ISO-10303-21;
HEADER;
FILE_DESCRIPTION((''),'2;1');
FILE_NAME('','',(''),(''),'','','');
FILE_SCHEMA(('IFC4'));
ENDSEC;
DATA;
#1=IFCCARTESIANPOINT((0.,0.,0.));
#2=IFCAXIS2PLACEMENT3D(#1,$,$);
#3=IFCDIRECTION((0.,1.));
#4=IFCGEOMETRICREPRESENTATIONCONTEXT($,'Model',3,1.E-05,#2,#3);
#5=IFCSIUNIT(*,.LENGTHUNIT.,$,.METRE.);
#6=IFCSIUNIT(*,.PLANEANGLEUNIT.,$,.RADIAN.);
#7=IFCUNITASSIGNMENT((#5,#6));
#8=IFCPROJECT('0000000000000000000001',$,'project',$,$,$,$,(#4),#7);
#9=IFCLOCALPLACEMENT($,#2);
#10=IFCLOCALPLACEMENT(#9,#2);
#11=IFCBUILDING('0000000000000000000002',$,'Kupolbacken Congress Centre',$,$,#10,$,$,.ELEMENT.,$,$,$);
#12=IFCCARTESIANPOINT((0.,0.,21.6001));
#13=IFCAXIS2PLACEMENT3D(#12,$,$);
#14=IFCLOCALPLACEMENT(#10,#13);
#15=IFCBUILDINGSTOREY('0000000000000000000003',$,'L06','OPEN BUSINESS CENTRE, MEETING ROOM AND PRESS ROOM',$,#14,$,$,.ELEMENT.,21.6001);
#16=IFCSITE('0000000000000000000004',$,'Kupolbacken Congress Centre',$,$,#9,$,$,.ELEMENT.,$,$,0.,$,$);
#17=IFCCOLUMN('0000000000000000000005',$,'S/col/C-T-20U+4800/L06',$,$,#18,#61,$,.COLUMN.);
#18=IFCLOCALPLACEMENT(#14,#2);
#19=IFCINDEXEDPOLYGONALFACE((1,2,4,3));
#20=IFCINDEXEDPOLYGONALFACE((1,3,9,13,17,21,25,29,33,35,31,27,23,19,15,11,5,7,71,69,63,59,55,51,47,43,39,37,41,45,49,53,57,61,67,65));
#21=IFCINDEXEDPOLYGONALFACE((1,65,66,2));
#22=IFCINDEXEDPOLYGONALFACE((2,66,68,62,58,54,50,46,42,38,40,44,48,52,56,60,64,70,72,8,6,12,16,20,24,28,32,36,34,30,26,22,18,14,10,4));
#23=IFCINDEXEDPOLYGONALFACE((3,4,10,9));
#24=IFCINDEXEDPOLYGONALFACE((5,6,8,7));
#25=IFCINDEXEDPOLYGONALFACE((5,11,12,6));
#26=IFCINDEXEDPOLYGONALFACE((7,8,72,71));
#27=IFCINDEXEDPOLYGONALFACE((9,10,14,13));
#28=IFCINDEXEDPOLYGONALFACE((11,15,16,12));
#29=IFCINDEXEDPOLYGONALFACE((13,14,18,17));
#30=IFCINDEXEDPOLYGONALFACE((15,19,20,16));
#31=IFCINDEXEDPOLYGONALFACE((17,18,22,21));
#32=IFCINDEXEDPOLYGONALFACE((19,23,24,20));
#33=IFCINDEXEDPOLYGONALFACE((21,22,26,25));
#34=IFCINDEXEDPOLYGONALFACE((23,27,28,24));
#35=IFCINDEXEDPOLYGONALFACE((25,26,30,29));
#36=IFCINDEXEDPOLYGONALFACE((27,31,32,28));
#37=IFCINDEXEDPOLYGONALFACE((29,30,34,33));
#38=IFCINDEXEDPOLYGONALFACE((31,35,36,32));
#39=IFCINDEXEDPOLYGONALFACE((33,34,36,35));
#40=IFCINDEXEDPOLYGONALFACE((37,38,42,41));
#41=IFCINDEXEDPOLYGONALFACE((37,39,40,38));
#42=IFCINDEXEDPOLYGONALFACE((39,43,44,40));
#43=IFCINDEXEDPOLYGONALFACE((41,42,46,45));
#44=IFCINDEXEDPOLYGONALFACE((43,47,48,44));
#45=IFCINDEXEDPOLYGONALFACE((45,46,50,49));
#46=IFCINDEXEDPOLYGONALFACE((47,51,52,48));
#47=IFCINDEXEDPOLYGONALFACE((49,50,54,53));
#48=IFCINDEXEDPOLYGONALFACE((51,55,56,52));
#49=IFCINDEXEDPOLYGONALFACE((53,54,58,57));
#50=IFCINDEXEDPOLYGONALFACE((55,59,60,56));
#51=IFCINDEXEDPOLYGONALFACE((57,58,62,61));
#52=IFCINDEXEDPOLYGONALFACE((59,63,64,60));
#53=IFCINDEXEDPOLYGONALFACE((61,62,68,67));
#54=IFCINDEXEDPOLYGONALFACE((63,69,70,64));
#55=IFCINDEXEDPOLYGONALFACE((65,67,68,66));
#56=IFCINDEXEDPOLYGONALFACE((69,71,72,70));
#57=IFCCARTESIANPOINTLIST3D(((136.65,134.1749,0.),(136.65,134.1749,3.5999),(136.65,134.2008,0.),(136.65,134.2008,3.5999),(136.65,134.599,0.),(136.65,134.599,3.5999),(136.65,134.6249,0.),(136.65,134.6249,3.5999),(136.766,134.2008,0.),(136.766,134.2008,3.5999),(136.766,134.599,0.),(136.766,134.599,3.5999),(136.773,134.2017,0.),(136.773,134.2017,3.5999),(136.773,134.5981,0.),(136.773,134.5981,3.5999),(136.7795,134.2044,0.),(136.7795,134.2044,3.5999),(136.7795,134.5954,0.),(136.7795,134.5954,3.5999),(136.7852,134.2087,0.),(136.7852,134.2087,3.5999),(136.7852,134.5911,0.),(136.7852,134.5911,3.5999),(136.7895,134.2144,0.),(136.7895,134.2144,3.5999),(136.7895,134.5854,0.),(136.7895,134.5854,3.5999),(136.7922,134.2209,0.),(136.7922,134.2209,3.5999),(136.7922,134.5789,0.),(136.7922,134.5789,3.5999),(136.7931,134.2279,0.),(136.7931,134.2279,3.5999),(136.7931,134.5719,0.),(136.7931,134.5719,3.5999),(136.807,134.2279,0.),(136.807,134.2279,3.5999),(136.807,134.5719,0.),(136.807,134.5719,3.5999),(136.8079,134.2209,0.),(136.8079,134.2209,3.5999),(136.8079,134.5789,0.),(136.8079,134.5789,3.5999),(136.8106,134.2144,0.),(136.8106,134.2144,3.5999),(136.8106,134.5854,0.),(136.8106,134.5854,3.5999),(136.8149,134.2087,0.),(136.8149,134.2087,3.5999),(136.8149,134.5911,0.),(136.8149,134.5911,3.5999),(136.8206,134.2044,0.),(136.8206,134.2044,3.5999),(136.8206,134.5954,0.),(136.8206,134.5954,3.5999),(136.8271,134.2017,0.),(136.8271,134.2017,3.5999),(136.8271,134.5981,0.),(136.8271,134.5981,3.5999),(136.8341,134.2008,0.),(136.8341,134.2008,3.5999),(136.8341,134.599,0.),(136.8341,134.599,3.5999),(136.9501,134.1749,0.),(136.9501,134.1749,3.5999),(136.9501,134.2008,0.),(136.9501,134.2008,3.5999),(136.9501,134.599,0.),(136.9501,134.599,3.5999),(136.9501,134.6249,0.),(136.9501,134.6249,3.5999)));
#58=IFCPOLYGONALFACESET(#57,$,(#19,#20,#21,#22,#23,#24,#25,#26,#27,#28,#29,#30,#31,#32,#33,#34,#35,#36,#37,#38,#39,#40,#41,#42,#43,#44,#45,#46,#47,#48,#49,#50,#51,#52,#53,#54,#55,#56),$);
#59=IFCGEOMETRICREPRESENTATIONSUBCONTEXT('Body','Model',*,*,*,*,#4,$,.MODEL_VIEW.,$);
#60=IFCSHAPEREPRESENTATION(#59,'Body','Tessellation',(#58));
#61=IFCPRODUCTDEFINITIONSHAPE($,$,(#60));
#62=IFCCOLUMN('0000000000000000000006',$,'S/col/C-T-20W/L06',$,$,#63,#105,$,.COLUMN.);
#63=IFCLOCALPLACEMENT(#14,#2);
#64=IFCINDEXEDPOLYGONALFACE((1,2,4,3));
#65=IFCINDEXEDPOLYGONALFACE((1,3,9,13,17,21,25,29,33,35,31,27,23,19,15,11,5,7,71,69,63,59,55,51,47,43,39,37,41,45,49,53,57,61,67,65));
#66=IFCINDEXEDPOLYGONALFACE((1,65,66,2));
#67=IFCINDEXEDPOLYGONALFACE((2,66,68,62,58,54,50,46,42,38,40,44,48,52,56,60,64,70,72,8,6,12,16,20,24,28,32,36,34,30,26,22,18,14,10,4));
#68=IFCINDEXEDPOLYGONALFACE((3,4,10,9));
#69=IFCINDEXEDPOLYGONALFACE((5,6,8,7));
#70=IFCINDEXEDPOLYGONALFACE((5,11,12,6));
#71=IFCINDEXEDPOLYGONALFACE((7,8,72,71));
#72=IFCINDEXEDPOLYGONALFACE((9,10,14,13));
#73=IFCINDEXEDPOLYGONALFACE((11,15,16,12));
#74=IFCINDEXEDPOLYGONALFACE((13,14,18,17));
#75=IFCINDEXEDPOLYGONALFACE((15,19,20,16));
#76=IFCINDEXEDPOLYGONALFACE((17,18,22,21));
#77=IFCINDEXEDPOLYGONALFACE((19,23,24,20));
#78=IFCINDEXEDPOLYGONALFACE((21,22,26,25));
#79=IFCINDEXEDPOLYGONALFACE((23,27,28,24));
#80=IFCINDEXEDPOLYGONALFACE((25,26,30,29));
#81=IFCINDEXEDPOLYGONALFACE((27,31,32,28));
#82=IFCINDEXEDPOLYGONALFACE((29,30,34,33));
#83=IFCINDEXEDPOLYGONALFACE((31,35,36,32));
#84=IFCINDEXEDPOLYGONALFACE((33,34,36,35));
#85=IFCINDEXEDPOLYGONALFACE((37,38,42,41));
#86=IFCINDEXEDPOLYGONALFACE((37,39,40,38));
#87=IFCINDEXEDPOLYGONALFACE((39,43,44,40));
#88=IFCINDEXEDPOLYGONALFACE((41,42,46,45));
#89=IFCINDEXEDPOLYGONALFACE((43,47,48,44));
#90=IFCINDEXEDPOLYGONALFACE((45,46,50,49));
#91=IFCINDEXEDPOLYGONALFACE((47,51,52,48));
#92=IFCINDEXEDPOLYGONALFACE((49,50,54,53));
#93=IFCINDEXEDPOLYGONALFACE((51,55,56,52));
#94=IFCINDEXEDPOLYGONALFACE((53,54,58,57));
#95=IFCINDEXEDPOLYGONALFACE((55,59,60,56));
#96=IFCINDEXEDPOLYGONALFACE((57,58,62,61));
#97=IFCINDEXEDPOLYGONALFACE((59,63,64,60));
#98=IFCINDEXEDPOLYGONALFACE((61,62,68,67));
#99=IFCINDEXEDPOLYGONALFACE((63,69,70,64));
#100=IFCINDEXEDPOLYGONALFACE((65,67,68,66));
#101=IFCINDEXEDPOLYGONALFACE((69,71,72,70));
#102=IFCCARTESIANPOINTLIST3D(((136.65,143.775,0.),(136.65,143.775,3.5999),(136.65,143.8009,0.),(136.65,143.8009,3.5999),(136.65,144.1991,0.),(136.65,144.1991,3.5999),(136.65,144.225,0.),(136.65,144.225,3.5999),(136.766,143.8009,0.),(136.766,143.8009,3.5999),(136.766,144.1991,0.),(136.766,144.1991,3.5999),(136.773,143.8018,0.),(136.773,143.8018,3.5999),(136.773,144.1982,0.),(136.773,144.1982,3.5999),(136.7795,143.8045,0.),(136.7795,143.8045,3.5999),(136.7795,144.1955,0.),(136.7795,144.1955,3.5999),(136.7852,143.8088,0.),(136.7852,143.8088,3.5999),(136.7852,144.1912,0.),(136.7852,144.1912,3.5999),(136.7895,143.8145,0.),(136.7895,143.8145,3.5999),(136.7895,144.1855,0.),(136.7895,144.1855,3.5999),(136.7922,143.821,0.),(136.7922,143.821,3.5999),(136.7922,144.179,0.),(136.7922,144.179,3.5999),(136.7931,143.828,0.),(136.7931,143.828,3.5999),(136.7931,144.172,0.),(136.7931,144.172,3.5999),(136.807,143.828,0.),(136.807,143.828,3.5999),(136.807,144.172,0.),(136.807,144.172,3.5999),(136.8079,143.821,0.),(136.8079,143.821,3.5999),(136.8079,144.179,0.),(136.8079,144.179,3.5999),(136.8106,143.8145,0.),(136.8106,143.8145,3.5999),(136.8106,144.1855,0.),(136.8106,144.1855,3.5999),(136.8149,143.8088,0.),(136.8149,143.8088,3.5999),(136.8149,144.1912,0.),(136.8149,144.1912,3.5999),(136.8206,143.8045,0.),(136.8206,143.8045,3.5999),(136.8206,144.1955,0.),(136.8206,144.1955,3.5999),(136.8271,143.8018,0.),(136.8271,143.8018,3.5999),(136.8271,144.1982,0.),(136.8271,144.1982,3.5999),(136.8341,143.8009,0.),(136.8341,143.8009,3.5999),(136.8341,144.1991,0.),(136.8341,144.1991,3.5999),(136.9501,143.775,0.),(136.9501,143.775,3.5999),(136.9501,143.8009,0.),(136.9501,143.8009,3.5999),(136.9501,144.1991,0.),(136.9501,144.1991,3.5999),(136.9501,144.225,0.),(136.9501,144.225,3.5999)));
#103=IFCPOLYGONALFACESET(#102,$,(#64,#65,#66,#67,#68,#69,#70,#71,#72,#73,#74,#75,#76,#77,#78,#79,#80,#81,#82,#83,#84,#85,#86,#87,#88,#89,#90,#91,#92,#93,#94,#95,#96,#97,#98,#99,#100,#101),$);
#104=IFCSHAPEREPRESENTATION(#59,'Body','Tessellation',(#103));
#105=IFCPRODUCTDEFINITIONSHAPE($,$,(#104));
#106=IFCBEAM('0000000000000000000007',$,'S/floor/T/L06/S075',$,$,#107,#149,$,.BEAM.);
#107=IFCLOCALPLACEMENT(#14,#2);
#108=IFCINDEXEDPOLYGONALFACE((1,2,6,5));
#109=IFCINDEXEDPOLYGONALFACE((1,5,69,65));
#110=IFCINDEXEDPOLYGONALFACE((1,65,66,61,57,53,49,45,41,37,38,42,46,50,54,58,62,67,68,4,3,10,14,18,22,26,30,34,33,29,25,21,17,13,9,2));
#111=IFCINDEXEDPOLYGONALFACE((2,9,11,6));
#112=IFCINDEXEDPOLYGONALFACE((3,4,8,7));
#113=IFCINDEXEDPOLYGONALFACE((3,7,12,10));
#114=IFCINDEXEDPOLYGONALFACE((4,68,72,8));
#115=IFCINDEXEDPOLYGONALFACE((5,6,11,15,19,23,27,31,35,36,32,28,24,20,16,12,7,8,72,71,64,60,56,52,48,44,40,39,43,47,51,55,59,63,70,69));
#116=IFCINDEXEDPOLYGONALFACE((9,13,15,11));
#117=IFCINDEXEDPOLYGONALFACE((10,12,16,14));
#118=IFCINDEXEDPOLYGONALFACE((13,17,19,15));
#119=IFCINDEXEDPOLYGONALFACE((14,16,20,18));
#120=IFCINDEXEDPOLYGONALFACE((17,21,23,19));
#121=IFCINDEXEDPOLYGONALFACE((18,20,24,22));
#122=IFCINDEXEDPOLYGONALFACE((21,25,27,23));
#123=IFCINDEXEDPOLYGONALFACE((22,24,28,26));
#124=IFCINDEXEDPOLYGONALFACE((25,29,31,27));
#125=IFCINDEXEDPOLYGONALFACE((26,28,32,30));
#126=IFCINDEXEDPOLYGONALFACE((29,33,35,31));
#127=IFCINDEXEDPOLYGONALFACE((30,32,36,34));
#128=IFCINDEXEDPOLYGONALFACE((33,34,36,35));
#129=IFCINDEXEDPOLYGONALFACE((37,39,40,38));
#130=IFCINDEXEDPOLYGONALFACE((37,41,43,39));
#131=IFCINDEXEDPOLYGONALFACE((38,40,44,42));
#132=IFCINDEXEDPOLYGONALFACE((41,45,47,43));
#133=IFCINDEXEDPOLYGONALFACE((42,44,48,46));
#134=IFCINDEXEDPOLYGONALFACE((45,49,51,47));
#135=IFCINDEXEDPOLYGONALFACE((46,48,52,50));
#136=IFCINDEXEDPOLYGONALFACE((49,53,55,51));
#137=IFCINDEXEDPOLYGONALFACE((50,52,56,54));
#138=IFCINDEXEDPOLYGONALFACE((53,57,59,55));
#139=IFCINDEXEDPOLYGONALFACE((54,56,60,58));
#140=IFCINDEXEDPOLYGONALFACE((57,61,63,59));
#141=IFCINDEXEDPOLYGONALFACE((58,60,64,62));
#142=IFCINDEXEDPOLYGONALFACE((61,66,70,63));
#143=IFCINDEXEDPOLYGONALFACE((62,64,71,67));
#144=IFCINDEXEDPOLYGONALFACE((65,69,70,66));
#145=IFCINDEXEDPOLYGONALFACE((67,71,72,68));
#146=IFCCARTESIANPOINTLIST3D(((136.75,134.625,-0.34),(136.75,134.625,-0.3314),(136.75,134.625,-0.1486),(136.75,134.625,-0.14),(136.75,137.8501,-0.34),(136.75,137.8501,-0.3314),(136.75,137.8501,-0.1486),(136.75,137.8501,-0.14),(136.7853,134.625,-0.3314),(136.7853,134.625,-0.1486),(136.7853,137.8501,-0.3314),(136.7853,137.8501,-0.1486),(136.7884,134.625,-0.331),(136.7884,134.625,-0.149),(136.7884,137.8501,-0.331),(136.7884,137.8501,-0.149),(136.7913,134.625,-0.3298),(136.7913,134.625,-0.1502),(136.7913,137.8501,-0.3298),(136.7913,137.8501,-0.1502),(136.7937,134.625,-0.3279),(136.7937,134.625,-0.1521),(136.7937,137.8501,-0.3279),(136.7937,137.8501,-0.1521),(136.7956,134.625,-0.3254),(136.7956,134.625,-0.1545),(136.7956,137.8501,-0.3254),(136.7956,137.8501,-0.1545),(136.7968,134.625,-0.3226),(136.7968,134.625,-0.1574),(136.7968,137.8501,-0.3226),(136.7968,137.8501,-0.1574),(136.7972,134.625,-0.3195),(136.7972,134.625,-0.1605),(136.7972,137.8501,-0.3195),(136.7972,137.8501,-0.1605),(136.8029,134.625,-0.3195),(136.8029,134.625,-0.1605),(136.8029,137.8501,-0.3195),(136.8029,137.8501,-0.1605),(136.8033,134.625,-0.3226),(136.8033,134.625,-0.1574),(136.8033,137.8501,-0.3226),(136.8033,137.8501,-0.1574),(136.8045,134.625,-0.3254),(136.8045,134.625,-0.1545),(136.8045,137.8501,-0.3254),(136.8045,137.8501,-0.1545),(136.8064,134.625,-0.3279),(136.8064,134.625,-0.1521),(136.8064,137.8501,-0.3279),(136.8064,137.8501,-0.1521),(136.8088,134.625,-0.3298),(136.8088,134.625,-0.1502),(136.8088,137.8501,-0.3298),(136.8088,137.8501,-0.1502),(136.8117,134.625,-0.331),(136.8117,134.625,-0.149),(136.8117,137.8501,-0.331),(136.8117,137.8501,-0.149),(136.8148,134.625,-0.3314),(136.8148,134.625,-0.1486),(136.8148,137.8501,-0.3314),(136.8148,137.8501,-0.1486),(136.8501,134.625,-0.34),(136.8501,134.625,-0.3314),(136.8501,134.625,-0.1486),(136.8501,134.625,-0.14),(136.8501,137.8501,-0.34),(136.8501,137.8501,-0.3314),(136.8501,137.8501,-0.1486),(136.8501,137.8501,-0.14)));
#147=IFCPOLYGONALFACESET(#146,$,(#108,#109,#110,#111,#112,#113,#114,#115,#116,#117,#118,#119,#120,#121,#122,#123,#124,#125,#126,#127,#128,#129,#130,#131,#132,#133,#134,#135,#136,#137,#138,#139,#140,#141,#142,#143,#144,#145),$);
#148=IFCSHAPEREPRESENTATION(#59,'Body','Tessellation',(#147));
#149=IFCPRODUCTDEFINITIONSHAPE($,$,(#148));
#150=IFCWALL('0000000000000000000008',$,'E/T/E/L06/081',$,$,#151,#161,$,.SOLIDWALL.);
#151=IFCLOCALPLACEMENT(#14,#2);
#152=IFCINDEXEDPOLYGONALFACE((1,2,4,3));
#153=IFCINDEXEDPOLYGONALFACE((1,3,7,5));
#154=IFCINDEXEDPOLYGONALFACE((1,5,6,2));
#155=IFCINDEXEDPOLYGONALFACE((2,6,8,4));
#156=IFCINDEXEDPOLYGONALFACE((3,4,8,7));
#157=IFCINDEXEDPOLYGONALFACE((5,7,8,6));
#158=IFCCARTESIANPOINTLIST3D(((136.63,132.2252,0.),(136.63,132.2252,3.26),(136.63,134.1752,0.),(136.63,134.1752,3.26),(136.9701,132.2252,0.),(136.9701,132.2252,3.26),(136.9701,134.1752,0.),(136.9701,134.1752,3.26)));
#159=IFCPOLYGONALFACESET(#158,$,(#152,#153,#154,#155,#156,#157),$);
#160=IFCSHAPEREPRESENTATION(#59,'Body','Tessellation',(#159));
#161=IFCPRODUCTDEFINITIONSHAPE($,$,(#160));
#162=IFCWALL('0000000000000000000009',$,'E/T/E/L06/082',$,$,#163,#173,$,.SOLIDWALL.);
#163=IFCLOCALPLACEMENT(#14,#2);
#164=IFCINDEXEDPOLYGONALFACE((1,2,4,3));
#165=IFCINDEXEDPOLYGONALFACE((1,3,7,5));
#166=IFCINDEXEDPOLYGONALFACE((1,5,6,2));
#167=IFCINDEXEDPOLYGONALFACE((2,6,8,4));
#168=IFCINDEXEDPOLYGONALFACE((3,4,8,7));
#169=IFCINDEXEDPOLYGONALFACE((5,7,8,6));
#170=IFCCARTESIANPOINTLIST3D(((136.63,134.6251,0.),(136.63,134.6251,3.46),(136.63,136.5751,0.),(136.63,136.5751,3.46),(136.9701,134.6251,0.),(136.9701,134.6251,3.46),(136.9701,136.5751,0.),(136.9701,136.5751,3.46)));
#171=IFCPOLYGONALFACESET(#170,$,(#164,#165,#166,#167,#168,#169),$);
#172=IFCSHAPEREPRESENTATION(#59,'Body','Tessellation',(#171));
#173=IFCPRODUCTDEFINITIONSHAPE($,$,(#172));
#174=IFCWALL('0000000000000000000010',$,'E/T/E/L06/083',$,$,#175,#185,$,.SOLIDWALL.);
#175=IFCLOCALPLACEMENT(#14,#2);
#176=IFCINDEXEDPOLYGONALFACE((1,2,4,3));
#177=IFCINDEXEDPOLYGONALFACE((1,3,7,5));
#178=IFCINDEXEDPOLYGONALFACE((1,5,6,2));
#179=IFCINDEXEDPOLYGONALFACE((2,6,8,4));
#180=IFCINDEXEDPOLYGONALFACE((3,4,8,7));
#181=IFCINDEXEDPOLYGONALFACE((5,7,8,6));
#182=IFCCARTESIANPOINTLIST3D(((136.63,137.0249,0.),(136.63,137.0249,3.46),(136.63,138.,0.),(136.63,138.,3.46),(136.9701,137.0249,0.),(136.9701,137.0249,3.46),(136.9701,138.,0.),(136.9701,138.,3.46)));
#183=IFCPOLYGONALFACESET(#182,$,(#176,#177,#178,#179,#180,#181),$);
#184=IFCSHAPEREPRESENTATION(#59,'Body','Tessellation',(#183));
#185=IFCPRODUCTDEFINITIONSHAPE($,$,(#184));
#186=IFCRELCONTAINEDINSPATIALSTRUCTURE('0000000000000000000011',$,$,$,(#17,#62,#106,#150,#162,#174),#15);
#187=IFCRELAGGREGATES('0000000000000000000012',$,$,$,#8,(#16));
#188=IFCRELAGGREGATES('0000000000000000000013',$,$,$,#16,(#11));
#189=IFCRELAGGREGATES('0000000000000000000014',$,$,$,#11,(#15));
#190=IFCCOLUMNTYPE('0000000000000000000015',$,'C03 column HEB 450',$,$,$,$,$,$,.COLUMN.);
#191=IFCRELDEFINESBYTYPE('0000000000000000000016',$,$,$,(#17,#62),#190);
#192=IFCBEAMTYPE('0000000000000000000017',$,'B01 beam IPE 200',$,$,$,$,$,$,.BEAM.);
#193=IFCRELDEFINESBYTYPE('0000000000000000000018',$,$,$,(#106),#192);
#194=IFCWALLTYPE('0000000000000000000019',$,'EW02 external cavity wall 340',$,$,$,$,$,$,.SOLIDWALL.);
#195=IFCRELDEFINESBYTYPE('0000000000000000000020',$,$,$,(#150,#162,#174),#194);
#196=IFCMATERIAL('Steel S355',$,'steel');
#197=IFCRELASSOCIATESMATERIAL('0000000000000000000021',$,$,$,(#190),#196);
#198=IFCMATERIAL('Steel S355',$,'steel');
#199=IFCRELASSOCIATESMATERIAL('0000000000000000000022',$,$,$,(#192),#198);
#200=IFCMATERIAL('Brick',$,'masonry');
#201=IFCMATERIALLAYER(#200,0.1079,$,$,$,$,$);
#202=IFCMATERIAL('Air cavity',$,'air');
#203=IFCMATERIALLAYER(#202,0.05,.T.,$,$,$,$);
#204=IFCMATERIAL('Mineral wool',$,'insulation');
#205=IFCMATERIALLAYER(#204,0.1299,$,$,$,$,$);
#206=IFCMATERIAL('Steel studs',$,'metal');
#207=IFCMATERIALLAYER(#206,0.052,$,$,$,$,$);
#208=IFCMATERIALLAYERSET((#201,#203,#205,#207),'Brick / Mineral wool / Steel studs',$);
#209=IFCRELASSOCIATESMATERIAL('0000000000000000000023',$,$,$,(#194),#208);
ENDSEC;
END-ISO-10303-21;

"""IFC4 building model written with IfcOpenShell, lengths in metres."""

from ifc_helpers import new_model, si_unit, direction, frame, frame_2d, origin, origin_2d, place, context, subcontext, project, spatial, rectangle, i_section, extrude, material, layer, layer_set, material_profile, profile_set, type_object, element, save


model = new_model("IFC4")

# Units and contexts
model_context = context("Model", 3, precision=1e-05, world=origin(), true_north=direction((0.0, 1.0)))
body_context = subcontext(model_context, "Body", "Model", "MODEL_VIEW")
ifc_project = project(units=[si_unit("LENGTHUNIT", "METRE"), si_unit("PLANEANGLEUNIT", "RADIAN")], contexts=[model_context])

# Site, building, storey
site_placement = place(None, origin())
site = spatial("IfcSite", under=ifc_project, at=site_placement, Name="Kupolbacken Congress Centre", CompositionType="ELEMENT", RefElevation=0.0)
building_placement = place(site_placement, origin())
building = spatial("IfcBuilding", under=site, at=building_placement, Name="Kupolbacken Congress Centre", CompositionType="ELEMENT")
storey_placement = place(building_placement, frame((0.0, 0.0, 21.6001)))
storey = spatial("IfcBuildingStorey", under=building, at=storey_placement, Name="L06", Description="OPEN BUSINESS CENTRE, MEETING ROOM AND PRESS ROOM", CompositionType="ELEMENT", Elevation=21.6001)

# Columns
ifc_material_1 = material(Name="Steel S355", Category="steel")
ifc_material_profile_1 = material_profile(ifc_material_1, i_section(OverallWidth=0.3, OverallDepth=0.45, WebThickness=0.0139, FlangeThickness=0.0259, FilletRadius=0.0271, at=origin_2d()), Name="HEB 450")
ifc_profile_set_1 = profile_set([ifc_material_profile_1], Name="Steel S355")
column_type = type_object("IfcColumnType", Name="C03 column HEB 450", PredefinedType="COLUMN", material=ifc_profile_set_1)
for number, where, z_axis, x_axis, name in (
    (1, (136.8, 134.3999, 0.0), (0.0, 0.0, 1.0), (1.0, 0.0, 0.0), "S/col/C-T-20U+4800/L06"),
    (2, (136.8, 144.0, 0.0), (0.0, 0.0, 1.0), (1.0, 0.0, 0.0), "S/col/C-T-20W/L06"),
):
    element("IfcColumn", number, at=place(storey_placement, frame(where, z_axis=z_axis, x_axis=x_axis)), inside=storey, type_object=column_type, Name=name, PredefinedType="COLUMN", context=body_context, shape_type="SweptSolid", body=[
        extrude(i_section(OverallWidth=0.3, OverallDepth=0.45, WebThickness=0.0139, FlangeThickness=0.0259, FilletRadius=0.0271, at=origin_2d()), origin(), (0.0, 0.0, 1.0), 3.5999),
    ])

# Beam
ifc_material_2 = material(Name="Steel S355", Category="steel")
ifc_material_profile_2 = material_profile(ifc_material_2, i_section(OverallWidth=0.1001, OverallDepth=0.2, WebThickness=0.0056, FlangeThickness=0.0085, FilletRadius=0.012, at=origin_2d()), Name="IPE 200")
ifc_profile_set_2 = profile_set([ifc_material_profile_2], Name="Steel S355")
beam_type = type_object("IfcBeamType", Name="B01 beam IPE 200", PredefinedType="BEAM", material=ifc_profile_set_2)
beam_placement = place(storey_placement, frame((136.8, 134.625, -0.24), z_axis=(0.0, 1.0, 0.0), x_axis=(-1.0, 0.0, 0.0)))
element("IfcBeam", 3, at=beam_placement, inside=storey, type_object=beam_type, Name="S/floor/T/L06/S075", PredefinedType="BEAM", context=body_context, shape_type="SweptSolid", body=[
    extrude(i_section(OverallWidth=0.1001, OverallDepth=0.2, WebThickness=0.0056, FlangeThickness=0.0085, FilletRadius=0.012, at=origin_2d()), origin(), (0.0, 0.0, 1.0), 3.2251),
])

# Walls
ifc_material_3 = material(Name="Brick", Category="masonry")
ifc_layer_1 = layer(ifc_material_3, 0.1079)
ifc_material_4 = material(Name="Air cavity", Category="air")
ifc_layer_2 = layer(ifc_material_4, 0.05, ventilated=True)
ifc_material_5 = material(Name="Mineral wool", Category="insulation")
ifc_layer_3 = layer(ifc_material_5, 0.1299)
ifc_material_6 = material(Name="Steel studs", Category="metal")
ifc_layer_4 = layer(ifc_material_6, 0.052)
ifc_layer_set_1 = layer_set([ifc_layer_1, ifc_layer_2, ifc_layer_3, ifc_layer_4], Name="Brick / Mineral wool / Steel studs")
wall_type_1 = type_object("IfcWallType", Name="EW02 external cavity wall 340", PredefinedType="SOLIDWALL", material=ifc_layer_set_1)
wall_1_placement = place(storey_placement, frame((136.8, 132.2251, 0.0), z_axis=(0.0, 0.0, 1.0), x_axis=(0.0, 1.0, 0.0)))
element("IfcWall", 4, at=wall_1_placement, inside=storey, type_object=wall_type_1, Name="E/T/E/L06/081", PredefinedType="SOLIDWALL", context=body_context, shape_type="SweptSolid", body=[
    extrude(rectangle(XDim=1.95, YDim=0.3401, at=frame_2d((0.9751, 0.0))), origin(), (0.0, 0.0, 1.0), 3.26),
])
wall_2_placement = place(storey_placement, frame((136.8, 134.625, 0.0), z_axis=(0.0, 0.0, 1.0), x_axis=(0.0, 1.0, 0.0)))
element("IfcWall", 5, at=wall_2_placement, inside=storey, type_object=wall_type_1, Name="E/T/E/L06/082", PredefinedType="SOLIDWALL", context=body_context, shape_type="SweptSolid", body=[
    extrude(rectangle(XDim=1.95, YDim=0.3401, at=frame_2d((0.9751, 0.0))), origin(), (0.0, 0.0, 1.0), 3.46),
])
wall_3_placement = place(storey_placement, frame((136.8, 137.0249, 0.0), z_axis=(0.0, 0.0, 1.0), x_axis=(0.0, 1.0, 0.0)))
element("IfcWall", 6, at=wall_3_placement, inside=storey, type_object=wall_type_1, Name="E/T/E/L06/083", PredefinedType="SOLIDWALL", context=body_context, shape_type="SweptSolid", body=[
    extrude(rectangle(XDim=0.9751, YDim=0.3401, at=frame_2d((0.4875, 0.0))), origin(), (0.0, 0.0, 1.0), 3.46),
])

save(model, "model.ifc")
